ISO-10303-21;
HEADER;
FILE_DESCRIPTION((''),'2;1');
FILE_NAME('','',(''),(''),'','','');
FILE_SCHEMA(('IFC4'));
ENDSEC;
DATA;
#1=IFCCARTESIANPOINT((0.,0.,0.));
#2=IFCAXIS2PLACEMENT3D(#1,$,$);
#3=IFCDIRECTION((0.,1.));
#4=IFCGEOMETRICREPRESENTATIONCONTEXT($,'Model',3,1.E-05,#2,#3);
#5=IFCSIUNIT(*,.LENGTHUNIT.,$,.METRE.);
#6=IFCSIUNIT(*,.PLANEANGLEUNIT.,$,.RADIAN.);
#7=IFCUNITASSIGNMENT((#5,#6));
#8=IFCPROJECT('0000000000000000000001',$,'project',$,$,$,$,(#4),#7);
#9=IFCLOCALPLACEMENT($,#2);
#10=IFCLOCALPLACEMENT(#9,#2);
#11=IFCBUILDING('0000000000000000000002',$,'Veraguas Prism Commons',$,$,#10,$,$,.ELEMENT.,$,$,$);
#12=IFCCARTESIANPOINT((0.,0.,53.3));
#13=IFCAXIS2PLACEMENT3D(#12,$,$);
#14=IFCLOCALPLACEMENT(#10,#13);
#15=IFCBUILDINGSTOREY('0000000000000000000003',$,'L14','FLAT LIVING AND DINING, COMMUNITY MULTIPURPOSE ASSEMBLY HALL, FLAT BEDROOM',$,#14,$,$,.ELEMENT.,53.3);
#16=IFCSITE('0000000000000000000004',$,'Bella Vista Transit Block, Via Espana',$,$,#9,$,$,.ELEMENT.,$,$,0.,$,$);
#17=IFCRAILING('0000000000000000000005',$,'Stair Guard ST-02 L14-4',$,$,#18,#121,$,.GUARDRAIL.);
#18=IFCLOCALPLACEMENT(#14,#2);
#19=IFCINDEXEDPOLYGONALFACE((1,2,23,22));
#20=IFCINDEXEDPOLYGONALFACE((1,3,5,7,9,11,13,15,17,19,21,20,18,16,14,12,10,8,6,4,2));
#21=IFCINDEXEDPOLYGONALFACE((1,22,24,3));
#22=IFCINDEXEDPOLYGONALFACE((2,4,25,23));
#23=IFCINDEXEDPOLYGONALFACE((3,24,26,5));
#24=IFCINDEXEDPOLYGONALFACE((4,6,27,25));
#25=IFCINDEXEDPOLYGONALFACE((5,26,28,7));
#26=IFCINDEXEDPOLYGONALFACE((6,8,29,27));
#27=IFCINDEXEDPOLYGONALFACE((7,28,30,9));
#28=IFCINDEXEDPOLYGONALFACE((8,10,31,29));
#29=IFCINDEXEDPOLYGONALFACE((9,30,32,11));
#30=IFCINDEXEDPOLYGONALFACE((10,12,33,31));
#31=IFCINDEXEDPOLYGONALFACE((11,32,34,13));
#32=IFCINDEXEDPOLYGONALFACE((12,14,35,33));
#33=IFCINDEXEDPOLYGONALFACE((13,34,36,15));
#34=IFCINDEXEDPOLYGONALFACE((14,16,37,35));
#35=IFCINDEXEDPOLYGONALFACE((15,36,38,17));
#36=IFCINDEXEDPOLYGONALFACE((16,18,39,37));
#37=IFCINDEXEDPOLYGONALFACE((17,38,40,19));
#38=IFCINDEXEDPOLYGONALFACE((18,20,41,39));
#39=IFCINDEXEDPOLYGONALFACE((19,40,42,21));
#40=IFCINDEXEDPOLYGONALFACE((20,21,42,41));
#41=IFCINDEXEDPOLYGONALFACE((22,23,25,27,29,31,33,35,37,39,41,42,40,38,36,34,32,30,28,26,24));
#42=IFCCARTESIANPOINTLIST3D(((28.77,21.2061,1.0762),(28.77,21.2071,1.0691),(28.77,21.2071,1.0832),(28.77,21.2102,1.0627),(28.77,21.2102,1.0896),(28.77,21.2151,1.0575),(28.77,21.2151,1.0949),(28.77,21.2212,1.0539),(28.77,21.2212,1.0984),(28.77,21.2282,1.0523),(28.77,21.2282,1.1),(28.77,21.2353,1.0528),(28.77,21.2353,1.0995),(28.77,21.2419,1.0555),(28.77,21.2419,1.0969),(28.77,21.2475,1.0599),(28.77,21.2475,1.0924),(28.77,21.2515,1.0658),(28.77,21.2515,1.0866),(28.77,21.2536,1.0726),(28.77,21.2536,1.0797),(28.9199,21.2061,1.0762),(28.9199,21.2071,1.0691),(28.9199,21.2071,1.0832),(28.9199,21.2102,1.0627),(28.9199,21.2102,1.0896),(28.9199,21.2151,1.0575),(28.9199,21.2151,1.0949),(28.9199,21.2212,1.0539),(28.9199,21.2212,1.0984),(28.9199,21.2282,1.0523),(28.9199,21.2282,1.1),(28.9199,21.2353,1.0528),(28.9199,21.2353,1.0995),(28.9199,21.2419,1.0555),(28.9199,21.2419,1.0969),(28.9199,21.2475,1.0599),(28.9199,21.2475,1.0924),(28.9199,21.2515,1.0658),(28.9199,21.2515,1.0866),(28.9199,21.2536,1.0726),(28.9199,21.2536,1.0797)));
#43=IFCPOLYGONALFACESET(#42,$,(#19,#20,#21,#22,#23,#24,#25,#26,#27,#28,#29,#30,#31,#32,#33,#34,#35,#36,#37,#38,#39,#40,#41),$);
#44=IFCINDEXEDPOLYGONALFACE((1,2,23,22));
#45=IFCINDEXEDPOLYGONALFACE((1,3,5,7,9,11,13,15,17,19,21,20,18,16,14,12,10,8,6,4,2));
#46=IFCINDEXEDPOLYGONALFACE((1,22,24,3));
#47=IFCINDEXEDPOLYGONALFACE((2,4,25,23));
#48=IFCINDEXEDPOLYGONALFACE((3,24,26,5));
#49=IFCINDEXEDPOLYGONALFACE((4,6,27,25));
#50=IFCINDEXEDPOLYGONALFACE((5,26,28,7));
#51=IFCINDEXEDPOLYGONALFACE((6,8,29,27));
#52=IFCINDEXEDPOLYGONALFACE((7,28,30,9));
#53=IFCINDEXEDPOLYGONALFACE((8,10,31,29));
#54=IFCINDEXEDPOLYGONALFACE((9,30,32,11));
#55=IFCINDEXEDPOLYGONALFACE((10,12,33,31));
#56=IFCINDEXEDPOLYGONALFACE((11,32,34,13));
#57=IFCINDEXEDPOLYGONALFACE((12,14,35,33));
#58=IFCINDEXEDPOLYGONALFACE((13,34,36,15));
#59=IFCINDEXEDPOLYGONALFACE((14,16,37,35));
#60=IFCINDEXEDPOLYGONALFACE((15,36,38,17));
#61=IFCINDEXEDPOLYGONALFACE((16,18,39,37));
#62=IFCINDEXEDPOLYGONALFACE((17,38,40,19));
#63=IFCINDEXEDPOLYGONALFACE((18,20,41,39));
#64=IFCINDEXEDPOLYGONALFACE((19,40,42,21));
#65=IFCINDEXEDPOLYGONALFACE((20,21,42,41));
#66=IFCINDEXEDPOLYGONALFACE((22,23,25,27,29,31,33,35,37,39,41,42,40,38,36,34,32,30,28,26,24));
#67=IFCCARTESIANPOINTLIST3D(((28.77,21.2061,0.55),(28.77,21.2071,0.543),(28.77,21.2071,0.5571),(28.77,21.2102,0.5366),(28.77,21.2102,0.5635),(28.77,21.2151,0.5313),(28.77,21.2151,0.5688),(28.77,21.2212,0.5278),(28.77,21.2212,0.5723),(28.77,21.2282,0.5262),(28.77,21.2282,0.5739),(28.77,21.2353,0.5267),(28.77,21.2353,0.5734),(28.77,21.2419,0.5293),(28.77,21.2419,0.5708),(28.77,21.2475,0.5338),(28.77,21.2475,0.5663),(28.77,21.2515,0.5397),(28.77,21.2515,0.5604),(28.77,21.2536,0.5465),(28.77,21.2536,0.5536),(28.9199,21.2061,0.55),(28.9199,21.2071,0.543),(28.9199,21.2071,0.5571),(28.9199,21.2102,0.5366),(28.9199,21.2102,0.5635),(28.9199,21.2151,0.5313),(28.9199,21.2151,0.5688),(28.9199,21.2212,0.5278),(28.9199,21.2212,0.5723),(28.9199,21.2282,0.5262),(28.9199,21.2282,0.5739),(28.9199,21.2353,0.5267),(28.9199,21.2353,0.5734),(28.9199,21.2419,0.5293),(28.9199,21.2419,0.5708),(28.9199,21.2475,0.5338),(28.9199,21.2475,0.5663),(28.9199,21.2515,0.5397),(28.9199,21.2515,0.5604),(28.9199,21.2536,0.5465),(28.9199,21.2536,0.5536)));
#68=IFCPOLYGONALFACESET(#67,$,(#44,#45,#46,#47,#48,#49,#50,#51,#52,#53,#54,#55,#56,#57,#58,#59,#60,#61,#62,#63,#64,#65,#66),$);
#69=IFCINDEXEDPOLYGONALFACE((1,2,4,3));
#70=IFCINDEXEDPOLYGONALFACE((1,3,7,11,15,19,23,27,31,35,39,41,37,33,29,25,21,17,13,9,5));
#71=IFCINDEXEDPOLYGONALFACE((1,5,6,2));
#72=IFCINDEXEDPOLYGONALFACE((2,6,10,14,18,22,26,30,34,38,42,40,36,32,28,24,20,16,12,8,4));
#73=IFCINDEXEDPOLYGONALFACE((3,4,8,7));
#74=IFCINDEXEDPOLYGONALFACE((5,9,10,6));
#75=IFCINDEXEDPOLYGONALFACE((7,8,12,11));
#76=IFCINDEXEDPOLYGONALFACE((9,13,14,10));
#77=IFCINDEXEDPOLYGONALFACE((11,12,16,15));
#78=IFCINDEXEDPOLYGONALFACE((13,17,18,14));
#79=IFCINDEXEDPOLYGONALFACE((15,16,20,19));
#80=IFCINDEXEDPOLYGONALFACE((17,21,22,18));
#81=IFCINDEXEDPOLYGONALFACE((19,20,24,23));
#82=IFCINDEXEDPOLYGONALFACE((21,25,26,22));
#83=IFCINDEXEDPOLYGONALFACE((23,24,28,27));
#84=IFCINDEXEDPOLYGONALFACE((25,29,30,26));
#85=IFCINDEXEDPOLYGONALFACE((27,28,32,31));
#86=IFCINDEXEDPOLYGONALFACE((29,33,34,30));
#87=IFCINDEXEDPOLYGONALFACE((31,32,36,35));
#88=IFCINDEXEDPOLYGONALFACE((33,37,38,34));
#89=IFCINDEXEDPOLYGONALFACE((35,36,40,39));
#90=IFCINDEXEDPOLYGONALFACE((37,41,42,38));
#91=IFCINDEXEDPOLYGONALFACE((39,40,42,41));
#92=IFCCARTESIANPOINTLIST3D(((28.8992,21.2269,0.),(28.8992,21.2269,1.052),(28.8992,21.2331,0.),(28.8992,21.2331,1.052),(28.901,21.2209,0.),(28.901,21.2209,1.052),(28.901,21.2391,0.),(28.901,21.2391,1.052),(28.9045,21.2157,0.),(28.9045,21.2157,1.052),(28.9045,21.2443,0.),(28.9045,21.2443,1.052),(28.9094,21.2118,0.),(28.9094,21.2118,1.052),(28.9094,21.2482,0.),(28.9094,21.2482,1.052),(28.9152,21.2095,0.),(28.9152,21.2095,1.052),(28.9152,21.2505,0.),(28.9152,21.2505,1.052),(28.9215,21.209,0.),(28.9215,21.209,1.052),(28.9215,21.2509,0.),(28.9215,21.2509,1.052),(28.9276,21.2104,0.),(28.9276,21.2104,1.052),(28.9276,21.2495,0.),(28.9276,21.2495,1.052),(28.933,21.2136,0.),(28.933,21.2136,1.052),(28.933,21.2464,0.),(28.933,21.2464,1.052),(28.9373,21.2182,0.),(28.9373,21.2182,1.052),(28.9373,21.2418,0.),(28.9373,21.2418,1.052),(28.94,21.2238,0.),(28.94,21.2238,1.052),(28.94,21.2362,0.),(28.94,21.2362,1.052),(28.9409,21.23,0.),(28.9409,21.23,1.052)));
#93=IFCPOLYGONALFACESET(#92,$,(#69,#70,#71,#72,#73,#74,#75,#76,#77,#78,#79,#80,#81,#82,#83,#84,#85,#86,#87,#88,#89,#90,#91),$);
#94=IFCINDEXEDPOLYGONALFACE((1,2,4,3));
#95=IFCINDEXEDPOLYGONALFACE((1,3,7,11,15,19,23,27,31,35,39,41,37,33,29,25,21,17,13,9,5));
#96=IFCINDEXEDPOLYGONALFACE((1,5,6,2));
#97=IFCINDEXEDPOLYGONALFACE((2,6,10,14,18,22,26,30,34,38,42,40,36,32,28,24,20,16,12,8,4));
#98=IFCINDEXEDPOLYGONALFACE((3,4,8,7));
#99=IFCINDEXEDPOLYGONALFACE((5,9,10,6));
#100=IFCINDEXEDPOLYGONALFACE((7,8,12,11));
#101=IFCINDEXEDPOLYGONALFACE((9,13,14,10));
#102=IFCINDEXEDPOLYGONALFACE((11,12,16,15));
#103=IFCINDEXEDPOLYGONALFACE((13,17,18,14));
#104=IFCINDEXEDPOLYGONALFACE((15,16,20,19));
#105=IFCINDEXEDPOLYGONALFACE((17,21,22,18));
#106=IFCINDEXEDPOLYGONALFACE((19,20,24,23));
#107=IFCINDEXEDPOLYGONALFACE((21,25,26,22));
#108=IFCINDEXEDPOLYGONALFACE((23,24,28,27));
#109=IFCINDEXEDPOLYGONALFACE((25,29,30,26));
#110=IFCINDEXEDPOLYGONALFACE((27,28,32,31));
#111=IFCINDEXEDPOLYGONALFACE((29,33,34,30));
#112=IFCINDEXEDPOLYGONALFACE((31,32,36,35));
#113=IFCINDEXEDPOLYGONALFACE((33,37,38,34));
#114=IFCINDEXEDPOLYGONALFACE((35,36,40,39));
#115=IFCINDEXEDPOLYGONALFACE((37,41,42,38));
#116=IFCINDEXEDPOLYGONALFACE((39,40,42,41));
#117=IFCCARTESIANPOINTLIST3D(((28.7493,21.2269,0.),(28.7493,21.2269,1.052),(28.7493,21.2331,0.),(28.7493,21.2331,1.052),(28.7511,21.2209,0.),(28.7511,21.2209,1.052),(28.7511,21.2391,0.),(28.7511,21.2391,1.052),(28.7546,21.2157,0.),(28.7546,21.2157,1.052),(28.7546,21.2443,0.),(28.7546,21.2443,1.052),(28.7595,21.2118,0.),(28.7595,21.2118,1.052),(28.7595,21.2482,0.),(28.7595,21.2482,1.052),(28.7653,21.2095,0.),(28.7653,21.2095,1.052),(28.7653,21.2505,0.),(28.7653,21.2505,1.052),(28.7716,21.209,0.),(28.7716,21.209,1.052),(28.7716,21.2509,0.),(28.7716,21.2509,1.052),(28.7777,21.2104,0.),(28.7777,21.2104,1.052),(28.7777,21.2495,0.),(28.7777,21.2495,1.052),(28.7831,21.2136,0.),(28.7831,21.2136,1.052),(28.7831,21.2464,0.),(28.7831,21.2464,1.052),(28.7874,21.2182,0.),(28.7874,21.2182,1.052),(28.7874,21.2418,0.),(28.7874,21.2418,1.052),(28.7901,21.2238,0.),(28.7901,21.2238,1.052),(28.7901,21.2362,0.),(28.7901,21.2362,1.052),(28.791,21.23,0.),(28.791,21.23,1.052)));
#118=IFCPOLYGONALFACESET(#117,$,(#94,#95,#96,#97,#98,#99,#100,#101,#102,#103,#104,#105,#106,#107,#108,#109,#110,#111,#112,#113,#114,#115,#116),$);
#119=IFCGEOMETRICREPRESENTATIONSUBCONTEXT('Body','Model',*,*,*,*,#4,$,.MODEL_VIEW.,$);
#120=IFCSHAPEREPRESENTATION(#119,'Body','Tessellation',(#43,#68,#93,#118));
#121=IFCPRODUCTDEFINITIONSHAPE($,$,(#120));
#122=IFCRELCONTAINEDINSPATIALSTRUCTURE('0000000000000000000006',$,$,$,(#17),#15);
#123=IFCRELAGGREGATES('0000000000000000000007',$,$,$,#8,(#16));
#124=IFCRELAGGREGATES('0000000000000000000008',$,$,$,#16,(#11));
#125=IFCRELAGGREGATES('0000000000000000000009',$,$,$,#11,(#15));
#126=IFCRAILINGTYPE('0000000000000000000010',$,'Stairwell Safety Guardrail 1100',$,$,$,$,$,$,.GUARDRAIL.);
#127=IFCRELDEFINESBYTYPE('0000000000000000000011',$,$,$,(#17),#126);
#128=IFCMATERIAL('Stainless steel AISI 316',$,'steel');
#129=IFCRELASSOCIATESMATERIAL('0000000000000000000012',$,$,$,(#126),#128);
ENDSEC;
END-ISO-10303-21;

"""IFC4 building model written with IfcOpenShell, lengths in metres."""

from ifc_helpers import new_model, si_unit, direction, frame, origin, origin_2d, place, context, subcontext, project, spatial, circle, extrude, material, type_object, element, save


model = new_model("IFC4")

# Units and contexts
model_context = context("Model", 3, precision=1e-05, world=origin(), true_north=direction((0.0, 1.0)))
body_context = subcontext(model_context, "Body", "Model", "MODEL_VIEW")
ifc_project = project(units=[si_unit("LENGTHUNIT", "METRE"), si_unit("PLANEANGLEUNIT", "RADIAN")], contexts=[model_context])

# Site, building, storey
site_placement = place(None, origin())
site = spatial("IfcSite", under=ifc_project, at=site_placement, Name="Bella Vista Transit Block, Via Espana", CompositionType="ELEMENT", RefElevation=0.0)
building_placement = place(site_placement, origin())
building = spatial("IfcBuilding", under=site, at=building_placement, Name="Veraguas Prism Commons", CompositionType="ELEMENT")
storey_placement = place(building_placement, frame((0.0, 0.0, 53.3)))
storey = spatial("IfcBuildingStorey", under=building, at=storey_placement, Name="L14", Description="FLAT LIVING AND DINING, COMMUNITY MULTIPURPOSE ASSEMBLY HALL, FLAT BEDROOM", CompositionType="ELEMENT", Elevation=53.3)

# Shared definitions
ifc_material_1 = material(Name="Stainless steel AISI 316", Category="steel")

# Railing
railing_type_1 = type_object("IfcRailingType", Name="Stairwell Safety Guardrail 1100", PredefinedType="GUARDRAIL", material=ifc_material_1)
railing_1_placement = place(storey_placement, frame((28.9199, 21.23, 0.0)))
element("IfcRailing", 1, at=railing_1_placement, inside=storey, type_object=railing_type_1, Name="Stair Guard ST-02 L14-4", PredefinedType="GUARDRAIL", context=body_context, shape_type="SweptSolid", body=[
    extrude(circle(Radius=0.0239, at=origin_2d()), frame((0.0, 0.0, 1.0762), z_axis=(-1.0, 0.0, 0.0), x_axis=(0.0, -1.0, 0.0)), (0.0, 0.0, 1.0), 0.1499),
    extrude(circle(Radius=0.0239, at=origin_2d()), frame((0.0, 0.0, 0.55), z_axis=(-1.0, 0.0, 0.0), x_axis=(0.0, -1.0, 0.0)), (0.0, 0.0, 1.0), 0.1499),
    extrude(circle(Radius=0.021, at=origin_2d()), origin(), (0.0, 0.0, 1.0), 1.052),
    extrude(circle(Radius=0.021, at=origin_2d()), frame((-0.1499, 0.0, 0.0)), (0.0, 0.0, 1.0), 1.052),
])

save(model, "model.ifc")
